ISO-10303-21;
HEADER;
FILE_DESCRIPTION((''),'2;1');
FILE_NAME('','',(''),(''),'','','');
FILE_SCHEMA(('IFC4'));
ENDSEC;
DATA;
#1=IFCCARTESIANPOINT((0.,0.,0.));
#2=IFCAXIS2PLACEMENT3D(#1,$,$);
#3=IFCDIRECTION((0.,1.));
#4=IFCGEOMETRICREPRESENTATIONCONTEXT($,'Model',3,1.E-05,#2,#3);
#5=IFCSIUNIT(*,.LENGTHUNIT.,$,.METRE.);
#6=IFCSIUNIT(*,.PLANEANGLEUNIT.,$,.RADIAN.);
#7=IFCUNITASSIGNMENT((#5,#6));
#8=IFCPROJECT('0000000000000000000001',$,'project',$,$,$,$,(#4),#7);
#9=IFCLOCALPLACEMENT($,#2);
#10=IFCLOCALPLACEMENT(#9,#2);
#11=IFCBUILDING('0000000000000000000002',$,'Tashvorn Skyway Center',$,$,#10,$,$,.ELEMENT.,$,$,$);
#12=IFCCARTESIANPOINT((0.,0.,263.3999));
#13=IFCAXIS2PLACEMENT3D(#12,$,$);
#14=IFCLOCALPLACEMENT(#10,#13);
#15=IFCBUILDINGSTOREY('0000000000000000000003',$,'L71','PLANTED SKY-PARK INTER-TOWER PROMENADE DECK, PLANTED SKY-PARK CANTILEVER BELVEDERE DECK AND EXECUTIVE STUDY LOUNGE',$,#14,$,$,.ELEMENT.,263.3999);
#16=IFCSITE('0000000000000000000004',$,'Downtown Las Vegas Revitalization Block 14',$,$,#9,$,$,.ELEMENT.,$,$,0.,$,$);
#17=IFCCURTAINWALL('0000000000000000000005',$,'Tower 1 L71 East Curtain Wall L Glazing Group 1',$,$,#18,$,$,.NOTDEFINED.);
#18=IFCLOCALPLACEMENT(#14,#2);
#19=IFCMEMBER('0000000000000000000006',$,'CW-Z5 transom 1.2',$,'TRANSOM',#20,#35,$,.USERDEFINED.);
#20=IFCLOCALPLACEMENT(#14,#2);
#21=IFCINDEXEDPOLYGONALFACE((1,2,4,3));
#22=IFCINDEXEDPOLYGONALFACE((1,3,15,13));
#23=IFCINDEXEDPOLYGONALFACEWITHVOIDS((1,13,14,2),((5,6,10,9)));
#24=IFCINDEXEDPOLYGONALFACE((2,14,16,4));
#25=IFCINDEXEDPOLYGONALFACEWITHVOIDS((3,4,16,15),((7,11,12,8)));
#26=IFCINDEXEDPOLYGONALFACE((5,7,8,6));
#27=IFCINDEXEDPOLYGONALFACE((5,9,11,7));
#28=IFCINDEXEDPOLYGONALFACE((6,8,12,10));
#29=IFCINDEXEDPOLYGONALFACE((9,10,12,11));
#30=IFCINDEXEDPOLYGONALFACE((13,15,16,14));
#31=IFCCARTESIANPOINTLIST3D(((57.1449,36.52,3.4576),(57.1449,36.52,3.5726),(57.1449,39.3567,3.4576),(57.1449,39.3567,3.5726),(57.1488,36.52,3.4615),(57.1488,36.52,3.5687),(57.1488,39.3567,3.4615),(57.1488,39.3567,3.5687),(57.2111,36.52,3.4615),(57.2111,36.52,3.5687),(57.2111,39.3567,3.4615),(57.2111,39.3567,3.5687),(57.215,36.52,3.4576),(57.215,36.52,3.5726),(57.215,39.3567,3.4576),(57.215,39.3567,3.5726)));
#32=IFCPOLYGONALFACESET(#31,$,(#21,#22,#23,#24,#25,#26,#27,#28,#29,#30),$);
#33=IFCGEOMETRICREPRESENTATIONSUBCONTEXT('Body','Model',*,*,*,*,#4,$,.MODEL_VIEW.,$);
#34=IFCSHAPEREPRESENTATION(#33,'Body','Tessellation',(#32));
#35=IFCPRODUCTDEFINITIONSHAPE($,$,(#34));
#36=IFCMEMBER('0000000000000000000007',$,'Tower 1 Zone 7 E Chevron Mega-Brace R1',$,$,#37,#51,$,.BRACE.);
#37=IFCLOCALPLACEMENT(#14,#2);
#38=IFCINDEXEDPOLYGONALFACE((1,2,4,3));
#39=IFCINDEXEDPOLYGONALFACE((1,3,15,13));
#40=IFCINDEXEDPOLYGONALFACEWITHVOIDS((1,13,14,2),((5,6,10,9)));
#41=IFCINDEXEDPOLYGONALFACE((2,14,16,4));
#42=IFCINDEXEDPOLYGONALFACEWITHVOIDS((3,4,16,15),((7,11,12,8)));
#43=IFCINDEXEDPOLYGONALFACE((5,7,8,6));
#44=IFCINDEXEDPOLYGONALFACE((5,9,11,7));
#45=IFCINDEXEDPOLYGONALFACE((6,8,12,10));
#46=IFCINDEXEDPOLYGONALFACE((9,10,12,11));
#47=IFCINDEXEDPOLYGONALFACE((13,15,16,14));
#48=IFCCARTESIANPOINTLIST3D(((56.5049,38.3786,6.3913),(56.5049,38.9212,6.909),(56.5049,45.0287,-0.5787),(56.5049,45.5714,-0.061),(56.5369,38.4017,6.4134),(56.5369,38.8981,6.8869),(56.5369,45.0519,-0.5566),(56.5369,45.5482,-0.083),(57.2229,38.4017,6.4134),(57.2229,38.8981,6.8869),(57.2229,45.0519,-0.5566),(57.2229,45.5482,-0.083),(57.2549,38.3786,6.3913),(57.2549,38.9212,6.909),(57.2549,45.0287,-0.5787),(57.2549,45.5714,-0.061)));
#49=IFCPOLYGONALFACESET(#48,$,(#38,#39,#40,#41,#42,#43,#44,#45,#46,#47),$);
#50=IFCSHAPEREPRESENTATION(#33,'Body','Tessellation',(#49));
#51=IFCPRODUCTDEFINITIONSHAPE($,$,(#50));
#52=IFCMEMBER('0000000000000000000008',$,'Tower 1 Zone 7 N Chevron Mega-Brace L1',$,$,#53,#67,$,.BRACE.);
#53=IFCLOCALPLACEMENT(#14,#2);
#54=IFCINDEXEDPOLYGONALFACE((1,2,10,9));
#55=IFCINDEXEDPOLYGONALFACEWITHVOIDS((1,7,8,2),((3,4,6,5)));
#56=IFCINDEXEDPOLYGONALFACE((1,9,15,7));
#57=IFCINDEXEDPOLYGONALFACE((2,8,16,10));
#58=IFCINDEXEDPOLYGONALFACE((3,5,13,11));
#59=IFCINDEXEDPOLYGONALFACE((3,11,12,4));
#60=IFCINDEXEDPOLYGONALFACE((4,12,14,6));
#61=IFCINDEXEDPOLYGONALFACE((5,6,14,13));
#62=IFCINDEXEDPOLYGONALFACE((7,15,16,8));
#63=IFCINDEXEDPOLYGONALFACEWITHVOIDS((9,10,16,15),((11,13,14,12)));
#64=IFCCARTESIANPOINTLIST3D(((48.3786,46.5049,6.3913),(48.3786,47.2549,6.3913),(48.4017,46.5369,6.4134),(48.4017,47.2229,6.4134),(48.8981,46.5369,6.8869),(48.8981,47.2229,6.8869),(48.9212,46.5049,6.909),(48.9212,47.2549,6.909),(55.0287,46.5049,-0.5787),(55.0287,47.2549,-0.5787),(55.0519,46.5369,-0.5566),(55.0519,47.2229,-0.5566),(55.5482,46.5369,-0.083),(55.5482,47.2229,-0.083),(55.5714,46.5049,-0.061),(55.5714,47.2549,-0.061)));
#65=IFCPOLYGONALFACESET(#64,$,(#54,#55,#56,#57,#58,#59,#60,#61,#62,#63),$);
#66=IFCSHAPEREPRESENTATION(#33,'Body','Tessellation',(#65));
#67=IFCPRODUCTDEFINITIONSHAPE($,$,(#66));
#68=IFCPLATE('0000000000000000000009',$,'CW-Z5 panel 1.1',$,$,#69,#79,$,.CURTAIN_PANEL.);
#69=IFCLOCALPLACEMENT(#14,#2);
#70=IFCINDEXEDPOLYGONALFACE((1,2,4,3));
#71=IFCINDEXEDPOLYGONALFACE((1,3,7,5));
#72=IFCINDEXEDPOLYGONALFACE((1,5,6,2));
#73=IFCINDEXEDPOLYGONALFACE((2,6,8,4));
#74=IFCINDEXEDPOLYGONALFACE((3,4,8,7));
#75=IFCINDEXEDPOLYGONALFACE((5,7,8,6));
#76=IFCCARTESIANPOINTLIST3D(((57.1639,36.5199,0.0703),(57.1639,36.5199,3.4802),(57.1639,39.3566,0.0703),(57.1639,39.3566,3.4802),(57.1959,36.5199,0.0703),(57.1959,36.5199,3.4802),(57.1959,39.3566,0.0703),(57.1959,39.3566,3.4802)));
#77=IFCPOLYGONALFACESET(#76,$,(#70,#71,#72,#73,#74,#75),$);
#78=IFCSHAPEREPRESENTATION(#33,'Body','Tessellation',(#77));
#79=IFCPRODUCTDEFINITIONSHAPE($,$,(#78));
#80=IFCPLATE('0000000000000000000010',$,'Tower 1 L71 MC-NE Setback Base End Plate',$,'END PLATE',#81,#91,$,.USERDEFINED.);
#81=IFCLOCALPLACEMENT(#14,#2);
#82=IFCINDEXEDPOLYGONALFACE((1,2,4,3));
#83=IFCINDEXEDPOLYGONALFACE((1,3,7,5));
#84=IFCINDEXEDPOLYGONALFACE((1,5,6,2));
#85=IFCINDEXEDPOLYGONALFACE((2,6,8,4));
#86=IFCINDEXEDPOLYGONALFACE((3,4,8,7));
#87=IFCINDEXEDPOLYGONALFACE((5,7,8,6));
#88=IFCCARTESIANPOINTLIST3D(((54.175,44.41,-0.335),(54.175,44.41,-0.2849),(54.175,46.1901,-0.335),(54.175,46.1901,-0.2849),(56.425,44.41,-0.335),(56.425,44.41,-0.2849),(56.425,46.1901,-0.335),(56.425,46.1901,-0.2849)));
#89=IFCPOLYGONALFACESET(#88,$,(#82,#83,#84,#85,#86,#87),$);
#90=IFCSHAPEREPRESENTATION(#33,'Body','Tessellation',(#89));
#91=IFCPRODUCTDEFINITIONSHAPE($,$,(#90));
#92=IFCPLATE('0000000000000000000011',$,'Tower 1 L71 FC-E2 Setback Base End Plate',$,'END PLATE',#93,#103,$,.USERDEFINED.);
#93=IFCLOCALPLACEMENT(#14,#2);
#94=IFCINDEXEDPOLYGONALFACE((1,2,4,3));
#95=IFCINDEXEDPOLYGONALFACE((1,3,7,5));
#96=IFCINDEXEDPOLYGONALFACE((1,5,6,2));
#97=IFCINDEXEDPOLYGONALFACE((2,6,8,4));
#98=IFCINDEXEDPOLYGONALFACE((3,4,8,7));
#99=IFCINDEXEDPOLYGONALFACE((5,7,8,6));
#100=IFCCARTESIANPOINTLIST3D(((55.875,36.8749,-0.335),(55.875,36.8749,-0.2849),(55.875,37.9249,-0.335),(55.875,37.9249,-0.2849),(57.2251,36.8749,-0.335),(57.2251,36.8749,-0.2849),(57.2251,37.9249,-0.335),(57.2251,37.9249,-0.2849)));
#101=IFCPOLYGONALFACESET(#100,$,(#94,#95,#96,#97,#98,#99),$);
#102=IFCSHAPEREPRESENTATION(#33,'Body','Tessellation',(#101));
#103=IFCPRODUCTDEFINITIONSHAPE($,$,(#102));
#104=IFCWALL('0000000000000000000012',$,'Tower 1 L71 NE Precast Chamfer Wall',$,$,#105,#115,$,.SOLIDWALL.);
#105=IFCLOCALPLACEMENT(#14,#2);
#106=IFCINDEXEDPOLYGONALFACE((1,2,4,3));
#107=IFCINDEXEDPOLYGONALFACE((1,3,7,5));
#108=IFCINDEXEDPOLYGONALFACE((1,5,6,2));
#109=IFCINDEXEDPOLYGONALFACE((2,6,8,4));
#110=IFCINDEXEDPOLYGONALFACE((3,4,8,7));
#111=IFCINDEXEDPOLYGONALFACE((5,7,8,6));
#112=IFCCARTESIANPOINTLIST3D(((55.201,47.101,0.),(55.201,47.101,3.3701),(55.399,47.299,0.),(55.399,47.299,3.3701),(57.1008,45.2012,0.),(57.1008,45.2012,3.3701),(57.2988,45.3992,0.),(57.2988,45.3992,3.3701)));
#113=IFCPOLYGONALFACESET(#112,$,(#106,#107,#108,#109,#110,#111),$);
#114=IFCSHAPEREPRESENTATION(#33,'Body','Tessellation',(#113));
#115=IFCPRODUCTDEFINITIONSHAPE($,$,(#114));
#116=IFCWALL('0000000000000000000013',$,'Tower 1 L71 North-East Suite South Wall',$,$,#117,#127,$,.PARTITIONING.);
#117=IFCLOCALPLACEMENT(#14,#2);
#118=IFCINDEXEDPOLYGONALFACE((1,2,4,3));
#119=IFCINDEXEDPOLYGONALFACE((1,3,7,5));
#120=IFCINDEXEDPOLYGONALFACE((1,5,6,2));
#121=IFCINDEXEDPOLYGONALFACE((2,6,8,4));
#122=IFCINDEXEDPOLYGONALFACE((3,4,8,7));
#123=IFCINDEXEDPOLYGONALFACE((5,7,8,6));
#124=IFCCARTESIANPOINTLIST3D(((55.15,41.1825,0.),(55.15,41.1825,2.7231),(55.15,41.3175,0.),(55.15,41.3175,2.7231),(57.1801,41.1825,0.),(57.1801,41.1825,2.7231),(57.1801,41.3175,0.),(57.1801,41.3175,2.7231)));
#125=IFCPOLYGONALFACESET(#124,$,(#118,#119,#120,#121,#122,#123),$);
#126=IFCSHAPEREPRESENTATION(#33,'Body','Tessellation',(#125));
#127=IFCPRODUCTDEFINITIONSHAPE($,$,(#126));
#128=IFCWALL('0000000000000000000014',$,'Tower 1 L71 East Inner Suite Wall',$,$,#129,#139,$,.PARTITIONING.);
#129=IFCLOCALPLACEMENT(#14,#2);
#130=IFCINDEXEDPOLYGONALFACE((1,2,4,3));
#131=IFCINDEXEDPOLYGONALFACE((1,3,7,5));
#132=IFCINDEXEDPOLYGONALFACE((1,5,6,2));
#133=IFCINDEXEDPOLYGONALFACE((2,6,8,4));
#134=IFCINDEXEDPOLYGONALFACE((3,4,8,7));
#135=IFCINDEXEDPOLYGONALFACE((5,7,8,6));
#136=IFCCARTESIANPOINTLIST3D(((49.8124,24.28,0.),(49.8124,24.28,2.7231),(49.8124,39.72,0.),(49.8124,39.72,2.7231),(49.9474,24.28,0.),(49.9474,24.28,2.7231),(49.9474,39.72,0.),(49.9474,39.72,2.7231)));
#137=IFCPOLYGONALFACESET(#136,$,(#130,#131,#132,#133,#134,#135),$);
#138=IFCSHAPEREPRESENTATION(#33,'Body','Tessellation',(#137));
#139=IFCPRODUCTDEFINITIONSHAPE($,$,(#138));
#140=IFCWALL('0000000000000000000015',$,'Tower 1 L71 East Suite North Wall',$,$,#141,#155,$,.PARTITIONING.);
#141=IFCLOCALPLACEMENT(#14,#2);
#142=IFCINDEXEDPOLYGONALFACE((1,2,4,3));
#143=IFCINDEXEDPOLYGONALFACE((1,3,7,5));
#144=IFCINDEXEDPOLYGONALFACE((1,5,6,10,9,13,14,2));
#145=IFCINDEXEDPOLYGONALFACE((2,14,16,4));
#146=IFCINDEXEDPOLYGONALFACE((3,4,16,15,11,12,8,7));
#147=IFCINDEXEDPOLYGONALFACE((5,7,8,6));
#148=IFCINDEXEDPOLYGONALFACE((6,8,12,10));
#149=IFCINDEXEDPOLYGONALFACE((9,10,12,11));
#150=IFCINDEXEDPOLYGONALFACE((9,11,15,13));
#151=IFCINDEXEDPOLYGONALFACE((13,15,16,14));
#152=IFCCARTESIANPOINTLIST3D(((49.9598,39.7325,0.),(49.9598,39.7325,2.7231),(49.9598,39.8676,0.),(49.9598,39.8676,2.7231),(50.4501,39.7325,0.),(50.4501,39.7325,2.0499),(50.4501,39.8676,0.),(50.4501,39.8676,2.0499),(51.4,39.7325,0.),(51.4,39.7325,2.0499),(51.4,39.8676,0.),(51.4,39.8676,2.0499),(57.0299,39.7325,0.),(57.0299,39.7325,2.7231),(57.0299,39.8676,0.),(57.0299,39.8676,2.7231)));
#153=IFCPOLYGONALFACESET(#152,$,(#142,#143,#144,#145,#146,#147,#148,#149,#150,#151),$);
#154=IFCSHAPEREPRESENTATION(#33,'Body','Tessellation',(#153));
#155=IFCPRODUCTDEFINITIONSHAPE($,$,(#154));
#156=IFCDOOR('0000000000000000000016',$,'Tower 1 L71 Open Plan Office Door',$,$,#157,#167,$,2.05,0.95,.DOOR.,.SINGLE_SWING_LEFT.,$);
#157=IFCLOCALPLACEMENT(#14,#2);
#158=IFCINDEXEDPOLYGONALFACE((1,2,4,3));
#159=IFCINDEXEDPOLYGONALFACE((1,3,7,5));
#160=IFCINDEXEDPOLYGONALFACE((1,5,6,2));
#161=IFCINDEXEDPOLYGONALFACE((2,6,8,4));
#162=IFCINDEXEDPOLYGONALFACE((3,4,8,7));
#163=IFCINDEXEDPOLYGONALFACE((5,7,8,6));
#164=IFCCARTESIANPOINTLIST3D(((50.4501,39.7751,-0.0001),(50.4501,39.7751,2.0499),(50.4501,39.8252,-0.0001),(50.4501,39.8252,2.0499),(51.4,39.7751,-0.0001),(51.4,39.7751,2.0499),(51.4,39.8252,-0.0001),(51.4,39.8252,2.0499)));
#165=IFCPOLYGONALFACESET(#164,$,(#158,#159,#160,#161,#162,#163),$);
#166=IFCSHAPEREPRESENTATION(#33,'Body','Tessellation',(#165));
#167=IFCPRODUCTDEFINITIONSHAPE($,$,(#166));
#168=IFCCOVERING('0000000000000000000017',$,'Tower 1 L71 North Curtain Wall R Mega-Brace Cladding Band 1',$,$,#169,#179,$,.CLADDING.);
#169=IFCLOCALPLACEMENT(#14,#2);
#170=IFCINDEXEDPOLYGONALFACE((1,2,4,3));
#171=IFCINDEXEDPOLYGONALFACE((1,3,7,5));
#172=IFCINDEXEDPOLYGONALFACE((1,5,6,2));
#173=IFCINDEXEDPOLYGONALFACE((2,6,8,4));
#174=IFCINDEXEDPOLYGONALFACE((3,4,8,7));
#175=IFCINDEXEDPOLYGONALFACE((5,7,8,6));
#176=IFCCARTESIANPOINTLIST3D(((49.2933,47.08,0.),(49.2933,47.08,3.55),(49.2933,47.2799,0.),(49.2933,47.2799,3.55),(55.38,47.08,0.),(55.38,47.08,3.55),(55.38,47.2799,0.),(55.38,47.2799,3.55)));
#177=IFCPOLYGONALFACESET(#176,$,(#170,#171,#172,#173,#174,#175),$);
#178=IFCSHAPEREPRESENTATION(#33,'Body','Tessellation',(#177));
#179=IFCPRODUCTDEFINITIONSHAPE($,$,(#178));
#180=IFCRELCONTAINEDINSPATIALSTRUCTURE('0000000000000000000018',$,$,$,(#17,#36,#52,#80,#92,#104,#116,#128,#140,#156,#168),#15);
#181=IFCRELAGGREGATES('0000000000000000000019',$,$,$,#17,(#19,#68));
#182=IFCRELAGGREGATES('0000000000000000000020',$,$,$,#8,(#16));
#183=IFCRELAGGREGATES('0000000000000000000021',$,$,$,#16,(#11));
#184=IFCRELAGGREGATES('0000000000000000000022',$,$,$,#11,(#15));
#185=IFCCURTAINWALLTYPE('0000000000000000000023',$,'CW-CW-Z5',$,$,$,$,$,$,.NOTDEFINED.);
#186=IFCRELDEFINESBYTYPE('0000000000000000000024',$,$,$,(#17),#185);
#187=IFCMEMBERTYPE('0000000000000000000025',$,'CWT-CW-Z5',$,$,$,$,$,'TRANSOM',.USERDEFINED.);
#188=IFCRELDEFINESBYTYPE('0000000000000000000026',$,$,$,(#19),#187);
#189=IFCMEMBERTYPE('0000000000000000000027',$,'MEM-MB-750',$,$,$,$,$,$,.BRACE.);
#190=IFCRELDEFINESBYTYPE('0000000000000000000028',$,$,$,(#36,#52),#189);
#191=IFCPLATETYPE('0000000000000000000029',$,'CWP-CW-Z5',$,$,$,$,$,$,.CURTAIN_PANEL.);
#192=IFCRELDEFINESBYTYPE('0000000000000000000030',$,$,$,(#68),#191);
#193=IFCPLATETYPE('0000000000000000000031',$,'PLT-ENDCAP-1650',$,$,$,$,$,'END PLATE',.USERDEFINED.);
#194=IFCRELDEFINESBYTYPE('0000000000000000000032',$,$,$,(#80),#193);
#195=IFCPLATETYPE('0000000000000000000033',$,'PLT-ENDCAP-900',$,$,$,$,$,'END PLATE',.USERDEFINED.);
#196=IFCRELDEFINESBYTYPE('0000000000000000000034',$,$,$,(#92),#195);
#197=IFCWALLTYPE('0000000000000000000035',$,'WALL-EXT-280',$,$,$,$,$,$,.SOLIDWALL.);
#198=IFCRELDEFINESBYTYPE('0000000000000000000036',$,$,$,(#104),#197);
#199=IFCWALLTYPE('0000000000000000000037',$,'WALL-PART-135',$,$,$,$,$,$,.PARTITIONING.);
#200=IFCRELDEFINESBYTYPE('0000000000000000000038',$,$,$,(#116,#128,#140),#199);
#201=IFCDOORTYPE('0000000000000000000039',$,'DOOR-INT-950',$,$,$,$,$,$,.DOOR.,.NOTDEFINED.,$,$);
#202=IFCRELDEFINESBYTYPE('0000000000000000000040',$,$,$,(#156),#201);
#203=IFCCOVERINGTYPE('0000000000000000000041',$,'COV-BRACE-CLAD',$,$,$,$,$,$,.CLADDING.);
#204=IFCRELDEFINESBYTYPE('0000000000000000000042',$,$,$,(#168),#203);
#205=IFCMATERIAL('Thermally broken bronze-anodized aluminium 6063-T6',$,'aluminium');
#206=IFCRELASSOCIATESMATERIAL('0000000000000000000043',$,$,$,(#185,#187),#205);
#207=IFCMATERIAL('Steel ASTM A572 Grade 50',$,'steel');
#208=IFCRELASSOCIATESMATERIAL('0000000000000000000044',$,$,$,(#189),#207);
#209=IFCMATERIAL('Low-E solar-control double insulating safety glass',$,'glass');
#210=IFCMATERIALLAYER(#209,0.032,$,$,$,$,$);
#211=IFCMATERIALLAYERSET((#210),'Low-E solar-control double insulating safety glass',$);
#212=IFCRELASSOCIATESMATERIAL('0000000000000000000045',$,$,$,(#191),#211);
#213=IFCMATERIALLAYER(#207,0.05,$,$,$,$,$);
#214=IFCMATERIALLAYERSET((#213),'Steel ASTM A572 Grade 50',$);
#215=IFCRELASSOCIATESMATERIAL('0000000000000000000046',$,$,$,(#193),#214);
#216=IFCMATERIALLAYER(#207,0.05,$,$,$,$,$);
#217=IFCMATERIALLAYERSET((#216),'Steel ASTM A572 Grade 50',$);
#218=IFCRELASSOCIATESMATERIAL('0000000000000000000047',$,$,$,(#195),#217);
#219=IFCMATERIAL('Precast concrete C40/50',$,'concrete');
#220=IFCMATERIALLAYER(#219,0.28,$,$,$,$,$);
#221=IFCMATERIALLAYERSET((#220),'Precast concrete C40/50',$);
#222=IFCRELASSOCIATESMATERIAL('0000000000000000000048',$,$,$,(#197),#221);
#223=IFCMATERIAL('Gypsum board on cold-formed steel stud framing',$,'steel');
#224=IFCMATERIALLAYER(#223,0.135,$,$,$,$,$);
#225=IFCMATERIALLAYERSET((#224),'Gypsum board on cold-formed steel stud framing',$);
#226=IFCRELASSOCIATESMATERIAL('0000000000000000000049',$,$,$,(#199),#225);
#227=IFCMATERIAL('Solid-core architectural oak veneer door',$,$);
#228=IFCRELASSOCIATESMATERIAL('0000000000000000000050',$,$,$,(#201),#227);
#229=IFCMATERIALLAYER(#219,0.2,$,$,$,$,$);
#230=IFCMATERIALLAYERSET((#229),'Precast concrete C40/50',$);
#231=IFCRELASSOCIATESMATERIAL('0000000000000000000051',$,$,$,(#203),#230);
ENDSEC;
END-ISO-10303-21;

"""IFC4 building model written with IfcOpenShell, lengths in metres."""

from ifc_helpers import new_model, si_unit, direction, frame, frame_2d, origin, origin_2d, place, context, subcontext, project, spatial, rectangle, hollow_rectangle, extrude, material, layer, layer_set, material_profile, profile_set, type_object, element, fill, aggregate, save


model = new_model("IFC4")

# Units and contexts
model_context = context("Model", 3, precision=1e-05, world=origin(), true_north=direction((0.0, 1.0)))
body_context = subcontext(model_context, "Body", "Model", "MODEL_VIEW")
ifc_project = project(units=[si_unit("LENGTHUNIT", "METRE"), si_unit("PLANEANGLEUNIT", "RADIAN")], contexts=[model_context])

# Site, building, storey
site_placement = place(None, origin())
site = spatial("IfcSite", under=ifc_project, at=site_placement, Name="Downtown Las Vegas Revitalization Block 14", CompositionType="ELEMENT", RefElevation=0.0)
building_placement = place(site_placement, origin())
building = spatial("IfcBuilding", under=site, at=building_placement, Name="Tashvorn Skyway Center", CompositionType="ELEMENT")
storey_placement = place(building_placement, frame((0.0, 0.0, 263.3999)))
storey = spatial("IfcBuildingStorey", under=building, at=storey_placement, Name="L71", Description="PLANTED SKY-PARK INTER-TOWER PROMENADE DECK, PLANTED SKY-PARK CANTILEVER BELVEDERE DECK AND EXECUTIVE STUDY LOUNGE", CompositionType="ELEMENT", Elevation=263.3999)

# Shared definitions
ifc_material_1 = material(Name="Steel ASTM A572 Grade 50", Category="steel")

# Curtain wall, member
ifc_material_2 = material(Name="Thermally broken bronze-anodized aluminium 6063-T6", Category="aluminium")
curtain_wall_type = type_object("IfcCurtainWallType", Name="CW-CW-Z5", PredefinedType="NOTDEFINED", material=ifc_material_2)
curtain_wall_placement = place(storey_placement, origin())
curtain_wall = element("IfcCurtainWall", 1, at=curtain_wall_placement, inside=storey, type_object=curtain_wall_type, Name="Tower 1 L71 East Curtain Wall L Glazing Group 1", PredefinedType="NOTDEFINED")
ifc_material_profile_1 = material_profile(ifc_material_2, hollow_rectangle(XDim=0.0701, YDim=0.115, WallThickness=0.0039, at=origin_2d()), Name="ALU-TRAN-70x115")
ifc_profile_set_1 = profile_set([ifc_material_profile_1], Name="Thermally broken bronze-anodized aluminium 6063-T6")
member_type_1 = type_object("IfcMemberType", Name="CWT-CW-Z5", ElementType="TRANSOM", PredefinedType="USERDEFINED", material=ifc_profile_set_1)
member_1_placement = place(storey_placement, frame((57.1799, 39.3567, 3.5151), z_axis=(0.0, -1.0, 0.0), x_axis=(1.0, 0.0, 0.0)))
member_1 = element("IfcMember", 2, at=member_1_placement, type_object=member_type_1, Name="CW-Z5 transom 1.2", ObjectType="TRANSOM", PredefinedType="USERDEFINED", context=body_context, shape_type="SweptSolid", body=[
    extrude(hollow_rectangle(XDim=0.0701, YDim=0.115, WallThickness=0.0039, at=origin_2d()), origin(), (0.0, 0.0, 1.0), 2.8367),
])

# Members
ifc_material_profile_2 = material_profile(ifc_material_1, hollow_rectangle(XDim=0.75, YDim=0.75, WallThickness=0.032, at=origin_2d()), Name="BOX750x750x32")
ifc_profile_set_2 = profile_set([ifc_material_profile_2], Name="Steel ASTM A572 Grade 50")
member_type_2 = type_object("IfcMemberType", Name="MEM-MB-750", PredefinedType="BRACE", material=ifc_profile_set_2)
for number, where, z_axis, x_axis, name in (
    (3, (56.8799, 45.3, -0.3198), (0.0, -0.690312, 0.723511), (1.0, 0.0, 0.0), "Tower 1 Zone 7 E Chevron Mega-Brace R1"),
    (4, (55.3, 46.8799, -0.3198), (-0.690312, 0.0, 0.723511), (0.0, -1.0, 0.0), "Tower 1 Zone 7 N Chevron Mega-Brace L1"),
):
    element("IfcMember", number, at=place(storey_placement, frame(where, z_axis=z_axis, x_axis=x_axis)), inside=storey, type_object=member_type_2, Name=name, PredefinedType="BRACE", context=body_context, shape_type="SweptSolid", body=[
        extrude(hollow_rectangle(XDim=0.75, YDim=0.75, WallThickness=0.032, at=origin_2d()), origin(), (0.0, 0.0, 1.0), 9.6335),
    ])

# Plate
ifc_material_3 = material(Name="Low-E solar-control double insulating safety glass", Category="glass")
ifc_layer_1 = layer(ifc_material_3, 0.032)
ifc_layer_set_1 = layer_set([ifc_layer_1], Name="Low-E solar-control double insulating safety glass")
plate_type_1 = type_object("IfcPlateType", Name="CWP-CW-Z5", PredefinedType="CURTAIN_PANEL", material=ifc_layer_set_1)
plate_1_placement = place(storey_placement, frame((57.1799, 37.9382, 0.0703), z_axis=(0.0, 0.0, 1.0), x_axis=(0.0, -1.0, 0.0)))
plate_1 = element("IfcPlate", 5, at=plate_1_placement, type_object=plate_type_1, Name="CW-Z5 panel 1.1", PredefinedType="CURTAIN_PANEL", context=body_context, shape_type="SweptSolid", body=[
    extrude(rectangle(XDim=2.8367, YDim=0.032, at=origin_2d()), origin(), (0.0, 0.0, 1.0), 3.4099),
])
aggregate(curtain_wall, [member_1, plate_1])

# Plates
ifc_layer_2 = layer(ifc_material_1, 0.05)
ifc_layer_set_2 = layer_set([ifc_layer_2], Name="Steel ASTM A572 Grade 50")
plate_type_2 = type_object("IfcPlateType", Name="PLT-ENDCAP-1650", ElementType="END PLATE", PredefinedType="USERDEFINED", material=ifc_layer_set_2)
plate_2_placement = place(storey_placement, frame((55.3, 45.3, -0.335), z_axis=(0.0, 0.0, 1.0), x_axis=(1.0, 0.0, 0.0)))
element("IfcPlate", 6, at=plate_2_placement, inside=storey, type_object=plate_type_2, Name="Tower 1 L71 MC-NE Setback Base End Plate", ObjectType="END PLATE", PredefinedType="USERDEFINED", context=body_context, shape_type="SweptSolid", body=[
    extrude(rectangle(XDim=2.25, YDim=1.78, at=origin_2d()), origin(), (0.0, 0.0, 1.0), 0.05),
])
ifc_layer_3 = layer(ifc_material_1, 0.05)
ifc_layer_set_3 = layer_set([ifc_layer_3], Name="Steel ASTM A572 Grade 50")
plate_type_3 = type_object("IfcPlateType", Name="PLT-ENDCAP-900", ElementType="END PLATE", PredefinedType="USERDEFINED", material=ifc_layer_set_3)
plate_3_placement = place(storey_placement, frame((56.55, 37.3999, -0.335), z_axis=(0.0, 0.0, 1.0), x_axis=(1.0, 0.0, 0.0)))
element("IfcPlate", 7, at=plate_3_placement, inside=storey, type_object=plate_type_3, Name="Tower 1 L71 FC-E2 Setback Base End Plate", ObjectType="END PLATE", PredefinedType="USERDEFINED", context=body_context, shape_type="SweptSolid", body=[
    extrude(rectangle(XDim=1.3501, YDim=1.05, at=origin_2d()), origin(), (0.0, 0.0, 1.0), 0.05),
])

# Walls
ifc_material_4 = material(Name="Precast concrete C40/50", Category="concrete")
ifc_layer_4 = layer(ifc_material_4, 0.28)
ifc_layer_set_4 = layer_set([ifc_layer_4], Name="Precast concrete C40/50")
wall_type_1 = type_object("IfcWallType", Name="WALL-EXT-280", PredefinedType="SOLIDWALL", material=ifc_layer_set_4)
wall_1_placement = place(storey_placement, frame((55.3, 47.2, 0.0), z_axis=(0.0, 0.0, 1.0), x_axis=(0.707107, -0.707107, 0.0)))
element("IfcWall", 8, at=wall_1_placement, inside=storey, type_object=wall_type_1, Name="Tower 1 L71 NE Precast Chamfer Wall", PredefinedType="SOLIDWALL", context=body_context, shape_type="SweptSolid", body=[
    extrude(rectangle(XDim=2.6868, YDim=0.28, at=frame_2d((1.3433, 0.0))), origin(), (0.0, 0.0, 1.0), 3.3701),
])
ifc_material_5 = material(Name="Gypsum board on cold-formed steel stud framing", Category="steel")
ifc_layer_5 = layer(ifc_material_5, 0.135)
ifc_layer_set_5 = layer_set([ifc_layer_5], Name="Gypsum board on cold-formed steel stud framing")
wall_type_2 = type_object("IfcWallType", Name="WALL-PART-135", PredefinedType="PARTITIONING", material=ifc_layer_set_5)
wall_2_placement = place(storey_placement, frame((55.1499, 41.25, 0.0), z_axis=(0.0, 0.0, 1.0), x_axis=(1.0, 0.0, 0.0)))
element("IfcWall", 9, at=wall_2_placement, inside=storey, type_object=wall_type_2, Name="Tower 1 L71 North-East Suite South Wall", PredefinedType="PARTITIONING", context=body_context, shape_type="SweptSolid", body=[
    extrude(rectangle(XDim=2.03, YDim=0.135, at=frame_2d((1.0151, 0.0))), origin(), (0.0, 0.0, 1.0), 2.7231),
])
wall_3_placement = place(storey_placement, frame((49.8799, 39.72, 0.0), z_axis=(0.0, 0.0, 1.0), x_axis=(0.0, -1.0, 0.0)))
element("IfcWall", 10, at=wall_3_placement, inside=storey, type_object=wall_type_2, Name="Tower 1 L71 East Inner Suite Wall", PredefinedType="PARTITIONING", context=body_context, shape_type="SweptSolid", body=[
    extrude(rectangle(XDim=15.4399, YDim=0.135, at=frame_2d((7.72, 0.0))), origin(), (0.0, 0.0, 1.0), 2.7231),
])

# Wall, opening, door
wall_4_placement = place(storey_placement, frame((57.03, 39.8, 0.0), z_axis=(0.0, 0.0, 1.0), x_axis=(-1.0, 0.0, 0.0)))
wall_4 = element("IfcWall", 11, at=wall_4_placement, inside=storey, type_object=wall_type_2, Name="Tower 1 L71 East Suite North Wall", PredefinedType="PARTITIONING", context=body_context, shape_type="SweptSolid", body=[
    extrude(rectangle(XDim=7.0701, YDim=0.135, at=frame_2d((3.5352, 0.0))), origin(), (0.0, 0.0, 1.0), 2.7231),
])
opening_placement = place(wall_4_placement, frame((5.6299, 0.0, 0.0)))
opening = element("IfcOpeningElement", 12, at=opening_placement, cuts=wall_4, PredefinedType="OPENING", context=body_context, shape_type="SweptSolid", body=[
    extrude(rectangle(XDim=0.95, YDim=2.05, at=frame_2d((0.4751, 1.0249))), frame((0.0, 0.0774, 0.0), z_axis=(0.0, -1.0, 0.0), x_axis=(1.0, 0.0, 0.0)), (0.0, 0.0, 1.0), 0.155),
])
ifc_material_6 = material(Name="Solid-core architectural oak veneer door")
door_type = type_object("IfcDoorType", Name="DOOR-INT-950", OperationType="NOTDEFINED", PredefinedType="DOOR", material=ifc_material_6)
door_placement = place(opening_placement, origin())
door = element("IfcDoor", 13, at=door_placement, inside=storey, type_object=door_type, Name="Tower 1 L71 Open Plan Office Door", OperationType="SINGLE_SWING_LEFT", OverallHeight=2.05, OverallWidth=0.95, PredefinedType="DOOR", context=body_context, shape_type="SweptSolid", body=[
    extrude(rectangle(XDim=0.95, YDim=2.05, at=frame_2d((0.4751, 1.0249))), frame((0.0, 0.0249, 0.0), z_axis=(0.0, -1.0, 0.0), x_axis=(1.0, 0.0, 0.0)), (0.0, 0.0, 1.0), 0.05),
])
fill(opening, door)

# Covering
ifc_layer_6 = layer(ifc_material_4, 0.2)
ifc_layer_set_6 = layer_set([ifc_layer_6], Name="Precast concrete C40/50")
covering_type_1 = type_object("IfcCoveringType", Name="COV-BRACE-CLAD", PredefinedType="CLADDING", material=ifc_layer_set_6)
covering_1_placement = place(storey_placement, frame((52.3367, 47.1799, 0.0), z_axis=(0.0, 0.0, 1.0), x_axis=(1.0, 0.0, 0.0)))
element("IfcCovering", 14, at=covering_1_placement, inside=storey, type_object=covering_type_1, Name="Tower 1 L71 North Curtain Wall R Mega-Brace Cladding Band 1", PredefinedType="CLADDING", context=body_context, shape_type="SweptSolid", body=[
    extrude(rectangle(XDim=6.0867, YDim=0.2, at=origin_2d()), origin(), (0.0, 0.0, 1.0), 3.55),
])

save(model, "model.ifc")
